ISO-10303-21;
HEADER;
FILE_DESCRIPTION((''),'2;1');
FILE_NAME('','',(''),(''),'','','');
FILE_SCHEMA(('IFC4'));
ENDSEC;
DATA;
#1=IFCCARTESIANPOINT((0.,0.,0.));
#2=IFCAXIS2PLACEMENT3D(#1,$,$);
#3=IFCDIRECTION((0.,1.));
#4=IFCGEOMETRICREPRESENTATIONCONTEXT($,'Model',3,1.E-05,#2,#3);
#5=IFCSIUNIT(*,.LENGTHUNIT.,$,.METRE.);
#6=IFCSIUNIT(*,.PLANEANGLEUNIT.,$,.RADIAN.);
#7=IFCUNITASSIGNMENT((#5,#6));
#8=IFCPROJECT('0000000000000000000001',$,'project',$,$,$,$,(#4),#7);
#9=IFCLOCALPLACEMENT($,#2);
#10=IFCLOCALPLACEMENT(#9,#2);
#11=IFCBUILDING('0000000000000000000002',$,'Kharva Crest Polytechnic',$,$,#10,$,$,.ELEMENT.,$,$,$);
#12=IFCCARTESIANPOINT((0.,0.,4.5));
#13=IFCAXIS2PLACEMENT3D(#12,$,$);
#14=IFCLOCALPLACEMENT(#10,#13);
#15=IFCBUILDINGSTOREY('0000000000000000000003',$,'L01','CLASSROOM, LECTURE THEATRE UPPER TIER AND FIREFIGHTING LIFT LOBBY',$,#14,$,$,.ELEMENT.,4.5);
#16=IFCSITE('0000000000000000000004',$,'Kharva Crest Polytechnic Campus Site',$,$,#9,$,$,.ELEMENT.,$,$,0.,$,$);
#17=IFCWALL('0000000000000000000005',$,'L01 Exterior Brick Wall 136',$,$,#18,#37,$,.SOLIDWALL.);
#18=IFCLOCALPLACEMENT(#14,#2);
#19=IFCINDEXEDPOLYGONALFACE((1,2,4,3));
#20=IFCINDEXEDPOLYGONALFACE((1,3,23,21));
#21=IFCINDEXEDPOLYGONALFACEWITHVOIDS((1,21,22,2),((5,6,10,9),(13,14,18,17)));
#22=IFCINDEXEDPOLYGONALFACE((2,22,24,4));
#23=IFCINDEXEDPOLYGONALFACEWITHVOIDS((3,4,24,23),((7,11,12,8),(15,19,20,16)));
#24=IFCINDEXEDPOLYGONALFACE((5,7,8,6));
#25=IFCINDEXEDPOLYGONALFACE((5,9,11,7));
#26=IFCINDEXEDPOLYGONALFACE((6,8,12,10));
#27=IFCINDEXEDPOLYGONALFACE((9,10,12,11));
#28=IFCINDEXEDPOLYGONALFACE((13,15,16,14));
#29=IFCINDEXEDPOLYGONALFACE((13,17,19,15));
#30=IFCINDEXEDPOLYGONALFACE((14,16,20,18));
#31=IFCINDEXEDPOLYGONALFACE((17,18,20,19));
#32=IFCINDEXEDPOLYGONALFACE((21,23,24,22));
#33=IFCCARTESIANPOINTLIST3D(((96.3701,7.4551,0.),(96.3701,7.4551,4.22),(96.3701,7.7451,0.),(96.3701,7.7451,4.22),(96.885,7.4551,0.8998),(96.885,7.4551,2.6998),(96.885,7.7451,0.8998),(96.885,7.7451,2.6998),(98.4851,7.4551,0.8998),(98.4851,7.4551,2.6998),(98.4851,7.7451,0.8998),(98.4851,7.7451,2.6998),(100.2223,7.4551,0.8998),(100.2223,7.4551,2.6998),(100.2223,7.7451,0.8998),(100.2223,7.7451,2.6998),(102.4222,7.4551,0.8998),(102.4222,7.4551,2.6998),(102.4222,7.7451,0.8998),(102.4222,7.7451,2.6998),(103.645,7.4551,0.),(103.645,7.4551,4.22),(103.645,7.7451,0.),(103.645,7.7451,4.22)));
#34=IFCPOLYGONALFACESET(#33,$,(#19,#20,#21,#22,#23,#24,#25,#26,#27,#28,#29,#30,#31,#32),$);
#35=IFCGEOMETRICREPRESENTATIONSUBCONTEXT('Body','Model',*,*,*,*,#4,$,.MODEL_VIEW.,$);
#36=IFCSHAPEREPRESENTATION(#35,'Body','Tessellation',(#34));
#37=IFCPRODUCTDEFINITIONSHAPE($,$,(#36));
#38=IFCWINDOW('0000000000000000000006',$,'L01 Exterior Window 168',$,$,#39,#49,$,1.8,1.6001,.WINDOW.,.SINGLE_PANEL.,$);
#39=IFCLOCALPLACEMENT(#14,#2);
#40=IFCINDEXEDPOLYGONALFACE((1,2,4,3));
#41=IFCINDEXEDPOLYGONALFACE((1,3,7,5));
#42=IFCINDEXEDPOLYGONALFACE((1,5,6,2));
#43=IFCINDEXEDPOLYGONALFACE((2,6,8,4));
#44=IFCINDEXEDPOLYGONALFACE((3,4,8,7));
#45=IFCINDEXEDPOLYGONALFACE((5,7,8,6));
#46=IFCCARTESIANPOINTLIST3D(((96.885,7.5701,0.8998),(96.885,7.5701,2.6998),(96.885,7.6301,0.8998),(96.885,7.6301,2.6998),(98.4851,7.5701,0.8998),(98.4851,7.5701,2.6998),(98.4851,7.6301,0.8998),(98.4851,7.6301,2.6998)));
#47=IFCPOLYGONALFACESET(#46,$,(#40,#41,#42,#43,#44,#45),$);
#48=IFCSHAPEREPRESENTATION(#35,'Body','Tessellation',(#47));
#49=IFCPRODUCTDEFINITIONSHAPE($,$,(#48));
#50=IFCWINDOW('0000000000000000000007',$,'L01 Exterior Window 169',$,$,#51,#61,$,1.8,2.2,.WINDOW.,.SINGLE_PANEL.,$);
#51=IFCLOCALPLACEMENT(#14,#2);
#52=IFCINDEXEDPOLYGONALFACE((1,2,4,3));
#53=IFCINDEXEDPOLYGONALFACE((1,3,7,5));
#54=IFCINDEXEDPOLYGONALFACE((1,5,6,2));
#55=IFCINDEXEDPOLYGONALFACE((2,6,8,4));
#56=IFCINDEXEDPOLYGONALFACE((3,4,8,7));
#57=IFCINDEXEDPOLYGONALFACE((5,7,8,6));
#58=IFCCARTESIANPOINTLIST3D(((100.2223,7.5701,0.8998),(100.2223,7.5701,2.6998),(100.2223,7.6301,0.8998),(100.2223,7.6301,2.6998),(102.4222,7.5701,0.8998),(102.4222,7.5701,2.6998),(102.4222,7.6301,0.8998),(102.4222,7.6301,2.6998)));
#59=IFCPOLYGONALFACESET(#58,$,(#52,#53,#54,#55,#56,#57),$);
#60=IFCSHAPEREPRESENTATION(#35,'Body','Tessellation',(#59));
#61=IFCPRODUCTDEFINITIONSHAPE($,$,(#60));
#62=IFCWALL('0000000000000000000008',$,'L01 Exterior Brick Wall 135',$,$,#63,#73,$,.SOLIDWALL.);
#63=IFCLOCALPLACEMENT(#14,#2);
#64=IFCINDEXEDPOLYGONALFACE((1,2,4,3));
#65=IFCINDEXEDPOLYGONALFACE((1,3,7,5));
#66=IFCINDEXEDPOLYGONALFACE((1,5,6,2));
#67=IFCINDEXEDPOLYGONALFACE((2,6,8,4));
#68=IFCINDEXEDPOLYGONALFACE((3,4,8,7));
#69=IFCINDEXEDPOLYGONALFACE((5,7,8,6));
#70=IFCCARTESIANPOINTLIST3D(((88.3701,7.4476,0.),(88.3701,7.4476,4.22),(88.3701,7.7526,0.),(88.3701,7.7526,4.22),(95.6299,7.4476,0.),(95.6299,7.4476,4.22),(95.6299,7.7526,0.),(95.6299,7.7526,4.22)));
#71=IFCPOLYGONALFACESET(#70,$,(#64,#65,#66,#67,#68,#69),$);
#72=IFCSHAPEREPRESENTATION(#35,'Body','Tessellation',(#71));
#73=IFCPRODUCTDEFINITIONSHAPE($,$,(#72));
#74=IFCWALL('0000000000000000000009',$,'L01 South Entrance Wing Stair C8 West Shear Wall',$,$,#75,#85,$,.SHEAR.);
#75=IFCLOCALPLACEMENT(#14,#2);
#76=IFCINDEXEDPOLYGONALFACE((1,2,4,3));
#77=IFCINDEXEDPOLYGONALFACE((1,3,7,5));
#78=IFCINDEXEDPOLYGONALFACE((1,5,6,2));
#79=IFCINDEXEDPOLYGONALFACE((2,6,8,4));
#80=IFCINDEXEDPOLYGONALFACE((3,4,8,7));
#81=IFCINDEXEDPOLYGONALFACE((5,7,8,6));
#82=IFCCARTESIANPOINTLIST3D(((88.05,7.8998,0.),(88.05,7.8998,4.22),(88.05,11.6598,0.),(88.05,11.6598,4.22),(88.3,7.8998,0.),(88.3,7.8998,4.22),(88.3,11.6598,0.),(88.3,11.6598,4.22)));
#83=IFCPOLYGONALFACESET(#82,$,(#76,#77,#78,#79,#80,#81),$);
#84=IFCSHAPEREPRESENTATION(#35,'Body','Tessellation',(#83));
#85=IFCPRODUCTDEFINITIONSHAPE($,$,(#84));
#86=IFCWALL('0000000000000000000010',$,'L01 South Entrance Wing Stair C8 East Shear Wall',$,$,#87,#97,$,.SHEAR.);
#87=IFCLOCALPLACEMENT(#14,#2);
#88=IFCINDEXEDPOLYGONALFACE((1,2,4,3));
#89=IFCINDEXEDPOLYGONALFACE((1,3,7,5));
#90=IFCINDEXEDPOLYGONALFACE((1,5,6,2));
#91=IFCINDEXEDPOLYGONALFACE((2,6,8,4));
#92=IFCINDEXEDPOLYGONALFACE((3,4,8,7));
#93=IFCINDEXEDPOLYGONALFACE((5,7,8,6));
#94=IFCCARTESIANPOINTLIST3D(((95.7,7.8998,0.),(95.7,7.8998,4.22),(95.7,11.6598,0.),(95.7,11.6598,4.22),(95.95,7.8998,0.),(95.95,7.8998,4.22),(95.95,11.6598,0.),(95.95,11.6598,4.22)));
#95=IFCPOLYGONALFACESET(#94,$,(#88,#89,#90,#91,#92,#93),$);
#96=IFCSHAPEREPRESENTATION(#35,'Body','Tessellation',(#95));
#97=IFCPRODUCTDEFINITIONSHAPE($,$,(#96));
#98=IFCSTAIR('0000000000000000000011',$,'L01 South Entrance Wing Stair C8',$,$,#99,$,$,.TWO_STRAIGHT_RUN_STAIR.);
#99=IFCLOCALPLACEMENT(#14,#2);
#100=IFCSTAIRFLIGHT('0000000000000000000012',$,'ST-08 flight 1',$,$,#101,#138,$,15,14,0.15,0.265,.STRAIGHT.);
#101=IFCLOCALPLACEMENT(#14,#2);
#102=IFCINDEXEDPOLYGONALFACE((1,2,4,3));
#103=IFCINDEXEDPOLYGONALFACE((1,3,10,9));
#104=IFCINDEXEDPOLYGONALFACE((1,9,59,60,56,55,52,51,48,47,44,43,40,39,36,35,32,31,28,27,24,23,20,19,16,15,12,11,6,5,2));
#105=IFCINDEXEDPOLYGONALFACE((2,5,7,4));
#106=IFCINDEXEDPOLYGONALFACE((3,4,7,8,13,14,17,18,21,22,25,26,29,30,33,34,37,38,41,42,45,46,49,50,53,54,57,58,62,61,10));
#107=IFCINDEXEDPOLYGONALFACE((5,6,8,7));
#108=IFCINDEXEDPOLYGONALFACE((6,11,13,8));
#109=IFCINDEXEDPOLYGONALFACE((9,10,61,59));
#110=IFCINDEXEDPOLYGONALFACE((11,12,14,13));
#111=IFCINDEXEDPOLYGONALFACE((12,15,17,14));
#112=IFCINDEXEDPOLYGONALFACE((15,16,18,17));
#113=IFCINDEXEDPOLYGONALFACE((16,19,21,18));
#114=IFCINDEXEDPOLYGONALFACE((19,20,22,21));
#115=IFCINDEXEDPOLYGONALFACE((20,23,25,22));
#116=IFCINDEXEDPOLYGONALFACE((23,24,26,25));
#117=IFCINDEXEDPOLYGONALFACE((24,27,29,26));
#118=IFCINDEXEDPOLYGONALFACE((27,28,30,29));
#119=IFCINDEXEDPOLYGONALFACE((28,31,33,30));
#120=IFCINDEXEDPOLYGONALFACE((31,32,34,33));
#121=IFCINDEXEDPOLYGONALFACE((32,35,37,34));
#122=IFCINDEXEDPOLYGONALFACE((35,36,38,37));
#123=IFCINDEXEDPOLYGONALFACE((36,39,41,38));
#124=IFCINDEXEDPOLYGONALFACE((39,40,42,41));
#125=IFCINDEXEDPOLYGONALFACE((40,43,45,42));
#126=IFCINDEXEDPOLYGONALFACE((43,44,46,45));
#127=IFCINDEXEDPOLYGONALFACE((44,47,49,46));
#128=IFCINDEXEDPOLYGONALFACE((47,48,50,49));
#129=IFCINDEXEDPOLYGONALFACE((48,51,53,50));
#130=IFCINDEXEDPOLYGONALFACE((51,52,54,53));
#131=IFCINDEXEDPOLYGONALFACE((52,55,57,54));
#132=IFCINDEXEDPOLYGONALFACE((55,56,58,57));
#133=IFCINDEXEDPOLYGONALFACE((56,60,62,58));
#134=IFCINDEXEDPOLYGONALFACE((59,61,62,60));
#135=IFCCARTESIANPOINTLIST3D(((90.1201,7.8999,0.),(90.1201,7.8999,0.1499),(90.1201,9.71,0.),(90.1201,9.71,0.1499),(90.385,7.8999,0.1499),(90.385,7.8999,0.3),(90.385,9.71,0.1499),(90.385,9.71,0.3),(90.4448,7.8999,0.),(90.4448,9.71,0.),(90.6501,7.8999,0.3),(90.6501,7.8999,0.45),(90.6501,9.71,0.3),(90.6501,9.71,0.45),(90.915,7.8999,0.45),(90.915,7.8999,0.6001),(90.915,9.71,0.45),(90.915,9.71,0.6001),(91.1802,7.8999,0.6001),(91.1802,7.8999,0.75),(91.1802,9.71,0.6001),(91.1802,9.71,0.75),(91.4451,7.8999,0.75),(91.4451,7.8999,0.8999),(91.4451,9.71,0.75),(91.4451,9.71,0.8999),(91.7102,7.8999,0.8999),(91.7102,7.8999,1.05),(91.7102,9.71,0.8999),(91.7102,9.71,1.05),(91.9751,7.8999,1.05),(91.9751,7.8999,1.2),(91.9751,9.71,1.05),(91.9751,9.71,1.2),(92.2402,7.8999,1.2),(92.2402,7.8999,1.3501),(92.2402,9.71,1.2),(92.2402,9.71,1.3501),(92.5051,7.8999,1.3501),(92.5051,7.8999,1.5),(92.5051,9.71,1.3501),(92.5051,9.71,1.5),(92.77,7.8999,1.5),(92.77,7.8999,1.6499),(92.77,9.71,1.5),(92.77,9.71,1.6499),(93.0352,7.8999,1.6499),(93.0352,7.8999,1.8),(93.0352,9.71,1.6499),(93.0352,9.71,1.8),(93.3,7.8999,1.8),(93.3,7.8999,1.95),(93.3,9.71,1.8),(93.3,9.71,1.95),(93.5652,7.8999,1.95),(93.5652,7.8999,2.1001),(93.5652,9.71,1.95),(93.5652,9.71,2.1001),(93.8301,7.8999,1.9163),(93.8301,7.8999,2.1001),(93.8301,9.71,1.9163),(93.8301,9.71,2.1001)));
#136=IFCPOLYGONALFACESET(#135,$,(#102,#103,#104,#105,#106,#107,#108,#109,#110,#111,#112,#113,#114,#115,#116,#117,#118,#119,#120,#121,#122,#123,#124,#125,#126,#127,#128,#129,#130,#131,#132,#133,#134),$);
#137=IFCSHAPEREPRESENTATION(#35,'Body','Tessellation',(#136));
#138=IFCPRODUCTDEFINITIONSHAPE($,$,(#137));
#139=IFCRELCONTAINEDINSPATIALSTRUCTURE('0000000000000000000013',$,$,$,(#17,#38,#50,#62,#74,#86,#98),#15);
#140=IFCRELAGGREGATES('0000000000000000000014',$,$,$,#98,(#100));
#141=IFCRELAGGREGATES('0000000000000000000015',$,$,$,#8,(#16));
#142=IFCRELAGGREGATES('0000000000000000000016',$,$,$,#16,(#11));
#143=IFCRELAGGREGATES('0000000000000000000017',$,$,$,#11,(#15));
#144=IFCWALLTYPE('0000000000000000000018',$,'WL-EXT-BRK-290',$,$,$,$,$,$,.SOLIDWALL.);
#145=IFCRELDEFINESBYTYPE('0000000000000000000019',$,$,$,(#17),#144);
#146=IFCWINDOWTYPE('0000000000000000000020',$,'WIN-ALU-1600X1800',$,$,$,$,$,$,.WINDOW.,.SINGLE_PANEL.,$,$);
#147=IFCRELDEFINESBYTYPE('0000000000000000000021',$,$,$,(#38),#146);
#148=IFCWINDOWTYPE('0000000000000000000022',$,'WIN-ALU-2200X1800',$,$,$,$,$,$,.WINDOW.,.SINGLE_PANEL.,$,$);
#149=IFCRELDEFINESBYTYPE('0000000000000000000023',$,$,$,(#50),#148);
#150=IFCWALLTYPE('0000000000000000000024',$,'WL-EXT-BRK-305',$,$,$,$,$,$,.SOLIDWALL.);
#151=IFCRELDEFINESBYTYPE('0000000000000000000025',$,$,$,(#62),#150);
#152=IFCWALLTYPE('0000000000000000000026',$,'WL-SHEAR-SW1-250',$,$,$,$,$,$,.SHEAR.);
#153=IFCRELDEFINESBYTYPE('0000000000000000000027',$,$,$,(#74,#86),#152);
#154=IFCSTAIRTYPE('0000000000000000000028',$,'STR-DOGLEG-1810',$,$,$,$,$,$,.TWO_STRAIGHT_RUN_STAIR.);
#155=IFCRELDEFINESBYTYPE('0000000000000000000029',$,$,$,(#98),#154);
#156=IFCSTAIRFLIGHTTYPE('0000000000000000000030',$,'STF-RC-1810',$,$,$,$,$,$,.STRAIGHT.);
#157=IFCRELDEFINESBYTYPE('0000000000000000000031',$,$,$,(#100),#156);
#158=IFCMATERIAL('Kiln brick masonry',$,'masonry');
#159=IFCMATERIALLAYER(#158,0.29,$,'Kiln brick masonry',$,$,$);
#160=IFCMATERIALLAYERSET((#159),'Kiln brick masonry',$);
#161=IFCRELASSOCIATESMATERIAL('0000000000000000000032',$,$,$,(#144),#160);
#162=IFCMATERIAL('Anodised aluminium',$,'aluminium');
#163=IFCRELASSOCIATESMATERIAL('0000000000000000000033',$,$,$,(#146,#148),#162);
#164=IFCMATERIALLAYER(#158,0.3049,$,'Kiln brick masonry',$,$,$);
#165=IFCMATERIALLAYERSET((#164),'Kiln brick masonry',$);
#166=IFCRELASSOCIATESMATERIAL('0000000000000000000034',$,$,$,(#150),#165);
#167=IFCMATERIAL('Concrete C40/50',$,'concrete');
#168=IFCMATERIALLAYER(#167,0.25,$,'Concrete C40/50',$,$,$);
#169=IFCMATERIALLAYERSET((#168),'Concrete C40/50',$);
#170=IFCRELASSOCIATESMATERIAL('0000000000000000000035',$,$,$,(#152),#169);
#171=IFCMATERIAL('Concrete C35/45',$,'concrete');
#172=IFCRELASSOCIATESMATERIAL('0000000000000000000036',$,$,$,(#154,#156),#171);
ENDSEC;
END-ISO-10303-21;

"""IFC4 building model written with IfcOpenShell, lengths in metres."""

from ifc_helpers import new_model, si_unit, direction, frame, frame_2d, origin, place, context, subcontext, project, spatial, polyline, rectangle, outline, extrude, material, layer, layer_set, type_object, element, fill, aggregate, save


model = new_model("IFC4")

# Units and contexts
model_context = context("Model", 3, precision=1e-05, world=origin(), true_north=direction((0.0, 1.0)))
body_context = subcontext(model_context, "Body", "Model", "MODEL_VIEW")
ifc_project = project(units=[si_unit("LENGTHUNIT", "METRE"), si_unit("PLANEANGLEUNIT", "RADIAN")], contexts=[model_context])

# Site, building, storey
site_placement = place(None, origin())
site = spatial("IfcSite", under=ifc_project, at=site_placement, Name="Kharva Crest Polytechnic Campus Site", CompositionType="ELEMENT", RefElevation=0.0)
building_placement = place(site_placement, origin())
building = spatial("IfcBuilding", under=site, at=building_placement, Name="Kharva Crest Polytechnic", CompositionType="ELEMENT")
storey_placement = place(building_placement, frame((0.0, 0.0, 4.5)))
storey = spatial("IfcBuildingStorey", under=building, at=storey_placement, Name="L01", Description="CLASSROOM, LECTURE THEATRE UPPER TIER AND FIREFIGHTING LIFT LOBBY", CompositionType="ELEMENT", Elevation=4.5)

# Shared definitions
ifc_material_1 = material(Name="Concrete C40/50", Category="concrete")

# Shared definitions
ifc_material_2 = material(Name="Concrete C35/45", Category="concrete")

# Wall, openings, windows
ifc_material_3 = material(Name="Kiln brick masonry", Category="masonry")
ifc_layer_1 = layer(ifc_material_3, 0.29, Name="Kiln brick masonry")
ifc_layer_set_1 = layer_set([ifc_layer_1], Name="Kiln brick masonry")
wall_type_1 = type_object("IfcWallType", Name="WL-EXT-BRK-290", PredefinedType="SOLIDWALL", material=ifc_layer_set_1)
wall_1_placement = place(storey_placement, frame((96.3701, 7.6001, 0.0), z_axis=(0.0, 0.0, 1.0), x_axis=(1.0, 0.0, 0.0)))
wall_1 = element("IfcWall", 1, at=wall_1_placement, inside=storey, type_object=wall_type_1, Name="L01 Exterior Brick Wall 136", PredefinedType="SOLIDWALL", context=body_context, shape_type="SweptSolid", body=[
    extrude(rectangle(XDim=7.2749, YDim=0.29, at=frame_2d((3.6375, 0.0))), origin(), (0.0, 0.0, 1.0), 4.22),
])
opening_1_placement = place(wall_1_placement, frame((0.5149, 0.0, 0.8999)))
opening_1 = element("IfcOpeningElement", 2, at=opening_1_placement, cuts=wall_1, PredefinedType="OPENING", context=body_context, shape_type="SweptSolid", body=[
    extrude(rectangle(XDim=1.6001, YDim=1.8, at=frame_2d((0.8, 0.8999))), frame((0.0, 0.155, 0.0), z_axis=(0.0, -1.0, 0.0), x_axis=(1.0, 0.0, 0.0)), (0.0, 0.0, 1.0), 0.3101),
])
opening_2_placement = place(wall_1_placement, frame((3.8521, 0.0, 0.8999)))
opening_2 = element("IfcOpeningElement", 3, at=opening_2_placement, cuts=wall_1, PredefinedType="OPENING", context=body_context, shape_type="SweptSolid", body=[
    extrude(rectangle(XDim=2.2, YDim=1.8, at=frame_2d((1.1001, 0.8999))), frame((0.0, 0.155, 0.0), z_axis=(0.0, -1.0, 0.0), x_axis=(1.0, 0.0, 0.0)), (0.0, 0.0, 1.0), 0.3101),
])
ifc_material_4 = material(Name="Anodised aluminium", Category="aluminium")
window_type_1 = type_object("IfcWindowType", Name="WIN-ALU-1600X1800", PartitioningType="SINGLE_PANEL", PredefinedType="WINDOW", material=ifc_material_4)
window_1_placement = place(opening_1_placement, origin())
window_1 = element("IfcWindow", 4, at=window_1_placement, inside=storey, type_object=window_type_1, Name="L01 Exterior Window 168", OverallHeight=1.8, OverallWidth=1.6001, PartitioningType="SINGLE_PANEL", PredefinedType="WINDOW", context=body_context, shape_type="SweptSolid", body=[
    extrude(rectangle(XDim=1.6001, YDim=1.8, at=frame_2d((0.8, 0.8999))), frame((0.0, 0.03, 0.0), z_axis=(0.0, -1.0, 0.0), x_axis=(1.0, 0.0, 0.0)), (0.0, 0.0, 1.0), 0.0601),
])
fill(opening_1, window_1)
window_type_2 = type_object("IfcWindowType", Name="WIN-ALU-2200X1800", PartitioningType="SINGLE_PANEL", PredefinedType="WINDOW", material=ifc_material_4)
window_2_placement = place(opening_2_placement, origin())
window_2 = element("IfcWindow", 5, at=window_2_placement, inside=storey, type_object=window_type_2, Name="L01 Exterior Window 169", OverallHeight=1.8, OverallWidth=2.2, PartitioningType="SINGLE_PANEL", PredefinedType="WINDOW", context=body_context, shape_type="SweptSolid", body=[
    extrude(rectangle(XDim=2.2, YDim=1.8, at=frame_2d((1.1001, 0.8999))), frame((0.0, 0.03, 0.0), z_axis=(0.0, -1.0, 0.0), x_axis=(1.0, 0.0, 0.0)), (0.0, 0.0, 1.0), 0.0601),
])
fill(opening_2, window_2)

# Walls
ifc_layer_2 = layer(ifc_material_3, 0.3049, Name="Kiln brick masonry")
ifc_layer_set_2 = layer_set([ifc_layer_2], Name="Kiln brick masonry")
wall_type_2 = type_object("IfcWallType", Name="WL-EXT-BRK-305", PredefinedType="SOLIDWALL", material=ifc_layer_set_2)
wall_2_placement = place(storey_placement, frame((88.3701, 7.6001, 0.0), z_axis=(0.0, 0.0, 1.0), x_axis=(1.0, 0.0, 0.0)))
element("IfcWall", 6, at=wall_2_placement, inside=storey, type_object=wall_type_2, Name="L01 Exterior Brick Wall 135", PredefinedType="SOLIDWALL", context=body_context, shape_type="SweptSolid", body=[
    extrude(rectangle(XDim=7.2598, YDim=0.3049, at=frame_2d((3.6299, 0.0))), origin(), (0.0, 0.0, 1.0), 4.22),
])
ifc_layer_3 = layer(ifc_material_1, 0.25, Name="Concrete C40/50")
ifc_layer_set_3 = layer_set([ifc_layer_3], Name="Concrete C40/50")
wall_type_3 = type_object("IfcWallType", Name="WL-SHEAR-SW1-250", PredefinedType="SHEAR", material=ifc_layer_set_3)
for number, where, z_axis, x_axis, name in (
    (7, (88.175, 7.8999, 0.0), (0.0, 0.0, 1.0), (0.0, 1.0, 0.0), "L01 South Entrance Wing Stair C8 West Shear Wall"),
    (8, (95.825, 7.8999, 0.0), (0.0, 0.0, 1.0), (0.0, 1.0, 0.0), "L01 South Entrance Wing Stair C8 East Shear Wall"),
):
    element("IfcWall", number, at=place(storey_placement, frame(where, z_axis=z_axis, x_axis=x_axis)), inside=storey, type_object=wall_type_3, Name=name, PredefinedType="SHEAR", context=body_context, shape_type="SweptSolid", body=[
        extrude(rectangle(XDim=3.76, YDim=0.25, at=frame_2d((1.8799, 0.0))), origin(), (0.0, 0.0, 1.0), 4.22),
    ])

# Stair, stair flight
stair_type = type_object("IfcStairType", Name="STR-DOGLEG-1810", PredefinedType="TWO_STRAIGHT_RUN_STAIR", material=ifc_material_2)
stair_placement = place(storey_placement, origin())
stair = element("IfcStair", 9, at=stair_placement, inside=storey, type_object=stair_type, Name="L01 South Entrance Wing Stair C8", PredefinedType="TWO_STRAIGHT_RUN_STAIR")
stair_flight_type = type_object("IfcStairFlightType", Name="STF-RC-1810", PredefinedType="STRAIGHT", material=ifc_material_2)
stair_flight_placement = place(storey_placement, frame((90.1201, 8.8049, 0.0), z_axis=(0.0, 0.0, 1.0), x_axis=(1.0, 0.0, 0.0)))
stair_flight = element("IfcStairFlight", 10, at=stair_flight_placement, type_object=stair_flight_type, Name="ST-08 flight 1", NumberOfRisers=15, NumberOfTreads=14, PredefinedType="STRAIGHT", RiserHeight=0.15, TreadLength=0.265, context=body_context, shape_type="SweptSolid", body=[
    extrude(outline(polyline([(0.0, 0.0), (0.0, 0.1499), (0.2649, 0.1499), (0.2649, 0.3), (0.53, 0.3), (0.53, 0.45), (0.7949, 0.45), (0.7949, 0.6001), (1.0601, 0.6001), (1.0601, 0.75), (1.325, 0.75), (1.325, 0.8999), (1.5901, 0.8999), (1.5901, 1.05), (1.855, 1.05), (1.855, 1.2), (2.1201, 1.2), (2.1201, 1.3501), (2.385, 1.3501), (2.385, 1.5), (2.6499, 1.5), (2.6499, 1.6499), (2.915, 1.6499), (2.915, 1.8), (3.1799, 1.8), (3.1799, 1.95), (3.4451, 1.95), (3.4451, 2.1001), (3.71, 2.1001), (3.71, 2.25), (3.71, 1.9163), (0.3247, 0.0), (0.0, 0.0)])), frame((0.0, 0.905, 0.0), z_axis=(0.0, -1.0, 0.0), x_axis=(1.0, 0.0, 0.0)), (0.0, 0.0, 1.0), 1.8101),
])
aggregate(stair, [stair_flight])

save(model, "model.ifc")
